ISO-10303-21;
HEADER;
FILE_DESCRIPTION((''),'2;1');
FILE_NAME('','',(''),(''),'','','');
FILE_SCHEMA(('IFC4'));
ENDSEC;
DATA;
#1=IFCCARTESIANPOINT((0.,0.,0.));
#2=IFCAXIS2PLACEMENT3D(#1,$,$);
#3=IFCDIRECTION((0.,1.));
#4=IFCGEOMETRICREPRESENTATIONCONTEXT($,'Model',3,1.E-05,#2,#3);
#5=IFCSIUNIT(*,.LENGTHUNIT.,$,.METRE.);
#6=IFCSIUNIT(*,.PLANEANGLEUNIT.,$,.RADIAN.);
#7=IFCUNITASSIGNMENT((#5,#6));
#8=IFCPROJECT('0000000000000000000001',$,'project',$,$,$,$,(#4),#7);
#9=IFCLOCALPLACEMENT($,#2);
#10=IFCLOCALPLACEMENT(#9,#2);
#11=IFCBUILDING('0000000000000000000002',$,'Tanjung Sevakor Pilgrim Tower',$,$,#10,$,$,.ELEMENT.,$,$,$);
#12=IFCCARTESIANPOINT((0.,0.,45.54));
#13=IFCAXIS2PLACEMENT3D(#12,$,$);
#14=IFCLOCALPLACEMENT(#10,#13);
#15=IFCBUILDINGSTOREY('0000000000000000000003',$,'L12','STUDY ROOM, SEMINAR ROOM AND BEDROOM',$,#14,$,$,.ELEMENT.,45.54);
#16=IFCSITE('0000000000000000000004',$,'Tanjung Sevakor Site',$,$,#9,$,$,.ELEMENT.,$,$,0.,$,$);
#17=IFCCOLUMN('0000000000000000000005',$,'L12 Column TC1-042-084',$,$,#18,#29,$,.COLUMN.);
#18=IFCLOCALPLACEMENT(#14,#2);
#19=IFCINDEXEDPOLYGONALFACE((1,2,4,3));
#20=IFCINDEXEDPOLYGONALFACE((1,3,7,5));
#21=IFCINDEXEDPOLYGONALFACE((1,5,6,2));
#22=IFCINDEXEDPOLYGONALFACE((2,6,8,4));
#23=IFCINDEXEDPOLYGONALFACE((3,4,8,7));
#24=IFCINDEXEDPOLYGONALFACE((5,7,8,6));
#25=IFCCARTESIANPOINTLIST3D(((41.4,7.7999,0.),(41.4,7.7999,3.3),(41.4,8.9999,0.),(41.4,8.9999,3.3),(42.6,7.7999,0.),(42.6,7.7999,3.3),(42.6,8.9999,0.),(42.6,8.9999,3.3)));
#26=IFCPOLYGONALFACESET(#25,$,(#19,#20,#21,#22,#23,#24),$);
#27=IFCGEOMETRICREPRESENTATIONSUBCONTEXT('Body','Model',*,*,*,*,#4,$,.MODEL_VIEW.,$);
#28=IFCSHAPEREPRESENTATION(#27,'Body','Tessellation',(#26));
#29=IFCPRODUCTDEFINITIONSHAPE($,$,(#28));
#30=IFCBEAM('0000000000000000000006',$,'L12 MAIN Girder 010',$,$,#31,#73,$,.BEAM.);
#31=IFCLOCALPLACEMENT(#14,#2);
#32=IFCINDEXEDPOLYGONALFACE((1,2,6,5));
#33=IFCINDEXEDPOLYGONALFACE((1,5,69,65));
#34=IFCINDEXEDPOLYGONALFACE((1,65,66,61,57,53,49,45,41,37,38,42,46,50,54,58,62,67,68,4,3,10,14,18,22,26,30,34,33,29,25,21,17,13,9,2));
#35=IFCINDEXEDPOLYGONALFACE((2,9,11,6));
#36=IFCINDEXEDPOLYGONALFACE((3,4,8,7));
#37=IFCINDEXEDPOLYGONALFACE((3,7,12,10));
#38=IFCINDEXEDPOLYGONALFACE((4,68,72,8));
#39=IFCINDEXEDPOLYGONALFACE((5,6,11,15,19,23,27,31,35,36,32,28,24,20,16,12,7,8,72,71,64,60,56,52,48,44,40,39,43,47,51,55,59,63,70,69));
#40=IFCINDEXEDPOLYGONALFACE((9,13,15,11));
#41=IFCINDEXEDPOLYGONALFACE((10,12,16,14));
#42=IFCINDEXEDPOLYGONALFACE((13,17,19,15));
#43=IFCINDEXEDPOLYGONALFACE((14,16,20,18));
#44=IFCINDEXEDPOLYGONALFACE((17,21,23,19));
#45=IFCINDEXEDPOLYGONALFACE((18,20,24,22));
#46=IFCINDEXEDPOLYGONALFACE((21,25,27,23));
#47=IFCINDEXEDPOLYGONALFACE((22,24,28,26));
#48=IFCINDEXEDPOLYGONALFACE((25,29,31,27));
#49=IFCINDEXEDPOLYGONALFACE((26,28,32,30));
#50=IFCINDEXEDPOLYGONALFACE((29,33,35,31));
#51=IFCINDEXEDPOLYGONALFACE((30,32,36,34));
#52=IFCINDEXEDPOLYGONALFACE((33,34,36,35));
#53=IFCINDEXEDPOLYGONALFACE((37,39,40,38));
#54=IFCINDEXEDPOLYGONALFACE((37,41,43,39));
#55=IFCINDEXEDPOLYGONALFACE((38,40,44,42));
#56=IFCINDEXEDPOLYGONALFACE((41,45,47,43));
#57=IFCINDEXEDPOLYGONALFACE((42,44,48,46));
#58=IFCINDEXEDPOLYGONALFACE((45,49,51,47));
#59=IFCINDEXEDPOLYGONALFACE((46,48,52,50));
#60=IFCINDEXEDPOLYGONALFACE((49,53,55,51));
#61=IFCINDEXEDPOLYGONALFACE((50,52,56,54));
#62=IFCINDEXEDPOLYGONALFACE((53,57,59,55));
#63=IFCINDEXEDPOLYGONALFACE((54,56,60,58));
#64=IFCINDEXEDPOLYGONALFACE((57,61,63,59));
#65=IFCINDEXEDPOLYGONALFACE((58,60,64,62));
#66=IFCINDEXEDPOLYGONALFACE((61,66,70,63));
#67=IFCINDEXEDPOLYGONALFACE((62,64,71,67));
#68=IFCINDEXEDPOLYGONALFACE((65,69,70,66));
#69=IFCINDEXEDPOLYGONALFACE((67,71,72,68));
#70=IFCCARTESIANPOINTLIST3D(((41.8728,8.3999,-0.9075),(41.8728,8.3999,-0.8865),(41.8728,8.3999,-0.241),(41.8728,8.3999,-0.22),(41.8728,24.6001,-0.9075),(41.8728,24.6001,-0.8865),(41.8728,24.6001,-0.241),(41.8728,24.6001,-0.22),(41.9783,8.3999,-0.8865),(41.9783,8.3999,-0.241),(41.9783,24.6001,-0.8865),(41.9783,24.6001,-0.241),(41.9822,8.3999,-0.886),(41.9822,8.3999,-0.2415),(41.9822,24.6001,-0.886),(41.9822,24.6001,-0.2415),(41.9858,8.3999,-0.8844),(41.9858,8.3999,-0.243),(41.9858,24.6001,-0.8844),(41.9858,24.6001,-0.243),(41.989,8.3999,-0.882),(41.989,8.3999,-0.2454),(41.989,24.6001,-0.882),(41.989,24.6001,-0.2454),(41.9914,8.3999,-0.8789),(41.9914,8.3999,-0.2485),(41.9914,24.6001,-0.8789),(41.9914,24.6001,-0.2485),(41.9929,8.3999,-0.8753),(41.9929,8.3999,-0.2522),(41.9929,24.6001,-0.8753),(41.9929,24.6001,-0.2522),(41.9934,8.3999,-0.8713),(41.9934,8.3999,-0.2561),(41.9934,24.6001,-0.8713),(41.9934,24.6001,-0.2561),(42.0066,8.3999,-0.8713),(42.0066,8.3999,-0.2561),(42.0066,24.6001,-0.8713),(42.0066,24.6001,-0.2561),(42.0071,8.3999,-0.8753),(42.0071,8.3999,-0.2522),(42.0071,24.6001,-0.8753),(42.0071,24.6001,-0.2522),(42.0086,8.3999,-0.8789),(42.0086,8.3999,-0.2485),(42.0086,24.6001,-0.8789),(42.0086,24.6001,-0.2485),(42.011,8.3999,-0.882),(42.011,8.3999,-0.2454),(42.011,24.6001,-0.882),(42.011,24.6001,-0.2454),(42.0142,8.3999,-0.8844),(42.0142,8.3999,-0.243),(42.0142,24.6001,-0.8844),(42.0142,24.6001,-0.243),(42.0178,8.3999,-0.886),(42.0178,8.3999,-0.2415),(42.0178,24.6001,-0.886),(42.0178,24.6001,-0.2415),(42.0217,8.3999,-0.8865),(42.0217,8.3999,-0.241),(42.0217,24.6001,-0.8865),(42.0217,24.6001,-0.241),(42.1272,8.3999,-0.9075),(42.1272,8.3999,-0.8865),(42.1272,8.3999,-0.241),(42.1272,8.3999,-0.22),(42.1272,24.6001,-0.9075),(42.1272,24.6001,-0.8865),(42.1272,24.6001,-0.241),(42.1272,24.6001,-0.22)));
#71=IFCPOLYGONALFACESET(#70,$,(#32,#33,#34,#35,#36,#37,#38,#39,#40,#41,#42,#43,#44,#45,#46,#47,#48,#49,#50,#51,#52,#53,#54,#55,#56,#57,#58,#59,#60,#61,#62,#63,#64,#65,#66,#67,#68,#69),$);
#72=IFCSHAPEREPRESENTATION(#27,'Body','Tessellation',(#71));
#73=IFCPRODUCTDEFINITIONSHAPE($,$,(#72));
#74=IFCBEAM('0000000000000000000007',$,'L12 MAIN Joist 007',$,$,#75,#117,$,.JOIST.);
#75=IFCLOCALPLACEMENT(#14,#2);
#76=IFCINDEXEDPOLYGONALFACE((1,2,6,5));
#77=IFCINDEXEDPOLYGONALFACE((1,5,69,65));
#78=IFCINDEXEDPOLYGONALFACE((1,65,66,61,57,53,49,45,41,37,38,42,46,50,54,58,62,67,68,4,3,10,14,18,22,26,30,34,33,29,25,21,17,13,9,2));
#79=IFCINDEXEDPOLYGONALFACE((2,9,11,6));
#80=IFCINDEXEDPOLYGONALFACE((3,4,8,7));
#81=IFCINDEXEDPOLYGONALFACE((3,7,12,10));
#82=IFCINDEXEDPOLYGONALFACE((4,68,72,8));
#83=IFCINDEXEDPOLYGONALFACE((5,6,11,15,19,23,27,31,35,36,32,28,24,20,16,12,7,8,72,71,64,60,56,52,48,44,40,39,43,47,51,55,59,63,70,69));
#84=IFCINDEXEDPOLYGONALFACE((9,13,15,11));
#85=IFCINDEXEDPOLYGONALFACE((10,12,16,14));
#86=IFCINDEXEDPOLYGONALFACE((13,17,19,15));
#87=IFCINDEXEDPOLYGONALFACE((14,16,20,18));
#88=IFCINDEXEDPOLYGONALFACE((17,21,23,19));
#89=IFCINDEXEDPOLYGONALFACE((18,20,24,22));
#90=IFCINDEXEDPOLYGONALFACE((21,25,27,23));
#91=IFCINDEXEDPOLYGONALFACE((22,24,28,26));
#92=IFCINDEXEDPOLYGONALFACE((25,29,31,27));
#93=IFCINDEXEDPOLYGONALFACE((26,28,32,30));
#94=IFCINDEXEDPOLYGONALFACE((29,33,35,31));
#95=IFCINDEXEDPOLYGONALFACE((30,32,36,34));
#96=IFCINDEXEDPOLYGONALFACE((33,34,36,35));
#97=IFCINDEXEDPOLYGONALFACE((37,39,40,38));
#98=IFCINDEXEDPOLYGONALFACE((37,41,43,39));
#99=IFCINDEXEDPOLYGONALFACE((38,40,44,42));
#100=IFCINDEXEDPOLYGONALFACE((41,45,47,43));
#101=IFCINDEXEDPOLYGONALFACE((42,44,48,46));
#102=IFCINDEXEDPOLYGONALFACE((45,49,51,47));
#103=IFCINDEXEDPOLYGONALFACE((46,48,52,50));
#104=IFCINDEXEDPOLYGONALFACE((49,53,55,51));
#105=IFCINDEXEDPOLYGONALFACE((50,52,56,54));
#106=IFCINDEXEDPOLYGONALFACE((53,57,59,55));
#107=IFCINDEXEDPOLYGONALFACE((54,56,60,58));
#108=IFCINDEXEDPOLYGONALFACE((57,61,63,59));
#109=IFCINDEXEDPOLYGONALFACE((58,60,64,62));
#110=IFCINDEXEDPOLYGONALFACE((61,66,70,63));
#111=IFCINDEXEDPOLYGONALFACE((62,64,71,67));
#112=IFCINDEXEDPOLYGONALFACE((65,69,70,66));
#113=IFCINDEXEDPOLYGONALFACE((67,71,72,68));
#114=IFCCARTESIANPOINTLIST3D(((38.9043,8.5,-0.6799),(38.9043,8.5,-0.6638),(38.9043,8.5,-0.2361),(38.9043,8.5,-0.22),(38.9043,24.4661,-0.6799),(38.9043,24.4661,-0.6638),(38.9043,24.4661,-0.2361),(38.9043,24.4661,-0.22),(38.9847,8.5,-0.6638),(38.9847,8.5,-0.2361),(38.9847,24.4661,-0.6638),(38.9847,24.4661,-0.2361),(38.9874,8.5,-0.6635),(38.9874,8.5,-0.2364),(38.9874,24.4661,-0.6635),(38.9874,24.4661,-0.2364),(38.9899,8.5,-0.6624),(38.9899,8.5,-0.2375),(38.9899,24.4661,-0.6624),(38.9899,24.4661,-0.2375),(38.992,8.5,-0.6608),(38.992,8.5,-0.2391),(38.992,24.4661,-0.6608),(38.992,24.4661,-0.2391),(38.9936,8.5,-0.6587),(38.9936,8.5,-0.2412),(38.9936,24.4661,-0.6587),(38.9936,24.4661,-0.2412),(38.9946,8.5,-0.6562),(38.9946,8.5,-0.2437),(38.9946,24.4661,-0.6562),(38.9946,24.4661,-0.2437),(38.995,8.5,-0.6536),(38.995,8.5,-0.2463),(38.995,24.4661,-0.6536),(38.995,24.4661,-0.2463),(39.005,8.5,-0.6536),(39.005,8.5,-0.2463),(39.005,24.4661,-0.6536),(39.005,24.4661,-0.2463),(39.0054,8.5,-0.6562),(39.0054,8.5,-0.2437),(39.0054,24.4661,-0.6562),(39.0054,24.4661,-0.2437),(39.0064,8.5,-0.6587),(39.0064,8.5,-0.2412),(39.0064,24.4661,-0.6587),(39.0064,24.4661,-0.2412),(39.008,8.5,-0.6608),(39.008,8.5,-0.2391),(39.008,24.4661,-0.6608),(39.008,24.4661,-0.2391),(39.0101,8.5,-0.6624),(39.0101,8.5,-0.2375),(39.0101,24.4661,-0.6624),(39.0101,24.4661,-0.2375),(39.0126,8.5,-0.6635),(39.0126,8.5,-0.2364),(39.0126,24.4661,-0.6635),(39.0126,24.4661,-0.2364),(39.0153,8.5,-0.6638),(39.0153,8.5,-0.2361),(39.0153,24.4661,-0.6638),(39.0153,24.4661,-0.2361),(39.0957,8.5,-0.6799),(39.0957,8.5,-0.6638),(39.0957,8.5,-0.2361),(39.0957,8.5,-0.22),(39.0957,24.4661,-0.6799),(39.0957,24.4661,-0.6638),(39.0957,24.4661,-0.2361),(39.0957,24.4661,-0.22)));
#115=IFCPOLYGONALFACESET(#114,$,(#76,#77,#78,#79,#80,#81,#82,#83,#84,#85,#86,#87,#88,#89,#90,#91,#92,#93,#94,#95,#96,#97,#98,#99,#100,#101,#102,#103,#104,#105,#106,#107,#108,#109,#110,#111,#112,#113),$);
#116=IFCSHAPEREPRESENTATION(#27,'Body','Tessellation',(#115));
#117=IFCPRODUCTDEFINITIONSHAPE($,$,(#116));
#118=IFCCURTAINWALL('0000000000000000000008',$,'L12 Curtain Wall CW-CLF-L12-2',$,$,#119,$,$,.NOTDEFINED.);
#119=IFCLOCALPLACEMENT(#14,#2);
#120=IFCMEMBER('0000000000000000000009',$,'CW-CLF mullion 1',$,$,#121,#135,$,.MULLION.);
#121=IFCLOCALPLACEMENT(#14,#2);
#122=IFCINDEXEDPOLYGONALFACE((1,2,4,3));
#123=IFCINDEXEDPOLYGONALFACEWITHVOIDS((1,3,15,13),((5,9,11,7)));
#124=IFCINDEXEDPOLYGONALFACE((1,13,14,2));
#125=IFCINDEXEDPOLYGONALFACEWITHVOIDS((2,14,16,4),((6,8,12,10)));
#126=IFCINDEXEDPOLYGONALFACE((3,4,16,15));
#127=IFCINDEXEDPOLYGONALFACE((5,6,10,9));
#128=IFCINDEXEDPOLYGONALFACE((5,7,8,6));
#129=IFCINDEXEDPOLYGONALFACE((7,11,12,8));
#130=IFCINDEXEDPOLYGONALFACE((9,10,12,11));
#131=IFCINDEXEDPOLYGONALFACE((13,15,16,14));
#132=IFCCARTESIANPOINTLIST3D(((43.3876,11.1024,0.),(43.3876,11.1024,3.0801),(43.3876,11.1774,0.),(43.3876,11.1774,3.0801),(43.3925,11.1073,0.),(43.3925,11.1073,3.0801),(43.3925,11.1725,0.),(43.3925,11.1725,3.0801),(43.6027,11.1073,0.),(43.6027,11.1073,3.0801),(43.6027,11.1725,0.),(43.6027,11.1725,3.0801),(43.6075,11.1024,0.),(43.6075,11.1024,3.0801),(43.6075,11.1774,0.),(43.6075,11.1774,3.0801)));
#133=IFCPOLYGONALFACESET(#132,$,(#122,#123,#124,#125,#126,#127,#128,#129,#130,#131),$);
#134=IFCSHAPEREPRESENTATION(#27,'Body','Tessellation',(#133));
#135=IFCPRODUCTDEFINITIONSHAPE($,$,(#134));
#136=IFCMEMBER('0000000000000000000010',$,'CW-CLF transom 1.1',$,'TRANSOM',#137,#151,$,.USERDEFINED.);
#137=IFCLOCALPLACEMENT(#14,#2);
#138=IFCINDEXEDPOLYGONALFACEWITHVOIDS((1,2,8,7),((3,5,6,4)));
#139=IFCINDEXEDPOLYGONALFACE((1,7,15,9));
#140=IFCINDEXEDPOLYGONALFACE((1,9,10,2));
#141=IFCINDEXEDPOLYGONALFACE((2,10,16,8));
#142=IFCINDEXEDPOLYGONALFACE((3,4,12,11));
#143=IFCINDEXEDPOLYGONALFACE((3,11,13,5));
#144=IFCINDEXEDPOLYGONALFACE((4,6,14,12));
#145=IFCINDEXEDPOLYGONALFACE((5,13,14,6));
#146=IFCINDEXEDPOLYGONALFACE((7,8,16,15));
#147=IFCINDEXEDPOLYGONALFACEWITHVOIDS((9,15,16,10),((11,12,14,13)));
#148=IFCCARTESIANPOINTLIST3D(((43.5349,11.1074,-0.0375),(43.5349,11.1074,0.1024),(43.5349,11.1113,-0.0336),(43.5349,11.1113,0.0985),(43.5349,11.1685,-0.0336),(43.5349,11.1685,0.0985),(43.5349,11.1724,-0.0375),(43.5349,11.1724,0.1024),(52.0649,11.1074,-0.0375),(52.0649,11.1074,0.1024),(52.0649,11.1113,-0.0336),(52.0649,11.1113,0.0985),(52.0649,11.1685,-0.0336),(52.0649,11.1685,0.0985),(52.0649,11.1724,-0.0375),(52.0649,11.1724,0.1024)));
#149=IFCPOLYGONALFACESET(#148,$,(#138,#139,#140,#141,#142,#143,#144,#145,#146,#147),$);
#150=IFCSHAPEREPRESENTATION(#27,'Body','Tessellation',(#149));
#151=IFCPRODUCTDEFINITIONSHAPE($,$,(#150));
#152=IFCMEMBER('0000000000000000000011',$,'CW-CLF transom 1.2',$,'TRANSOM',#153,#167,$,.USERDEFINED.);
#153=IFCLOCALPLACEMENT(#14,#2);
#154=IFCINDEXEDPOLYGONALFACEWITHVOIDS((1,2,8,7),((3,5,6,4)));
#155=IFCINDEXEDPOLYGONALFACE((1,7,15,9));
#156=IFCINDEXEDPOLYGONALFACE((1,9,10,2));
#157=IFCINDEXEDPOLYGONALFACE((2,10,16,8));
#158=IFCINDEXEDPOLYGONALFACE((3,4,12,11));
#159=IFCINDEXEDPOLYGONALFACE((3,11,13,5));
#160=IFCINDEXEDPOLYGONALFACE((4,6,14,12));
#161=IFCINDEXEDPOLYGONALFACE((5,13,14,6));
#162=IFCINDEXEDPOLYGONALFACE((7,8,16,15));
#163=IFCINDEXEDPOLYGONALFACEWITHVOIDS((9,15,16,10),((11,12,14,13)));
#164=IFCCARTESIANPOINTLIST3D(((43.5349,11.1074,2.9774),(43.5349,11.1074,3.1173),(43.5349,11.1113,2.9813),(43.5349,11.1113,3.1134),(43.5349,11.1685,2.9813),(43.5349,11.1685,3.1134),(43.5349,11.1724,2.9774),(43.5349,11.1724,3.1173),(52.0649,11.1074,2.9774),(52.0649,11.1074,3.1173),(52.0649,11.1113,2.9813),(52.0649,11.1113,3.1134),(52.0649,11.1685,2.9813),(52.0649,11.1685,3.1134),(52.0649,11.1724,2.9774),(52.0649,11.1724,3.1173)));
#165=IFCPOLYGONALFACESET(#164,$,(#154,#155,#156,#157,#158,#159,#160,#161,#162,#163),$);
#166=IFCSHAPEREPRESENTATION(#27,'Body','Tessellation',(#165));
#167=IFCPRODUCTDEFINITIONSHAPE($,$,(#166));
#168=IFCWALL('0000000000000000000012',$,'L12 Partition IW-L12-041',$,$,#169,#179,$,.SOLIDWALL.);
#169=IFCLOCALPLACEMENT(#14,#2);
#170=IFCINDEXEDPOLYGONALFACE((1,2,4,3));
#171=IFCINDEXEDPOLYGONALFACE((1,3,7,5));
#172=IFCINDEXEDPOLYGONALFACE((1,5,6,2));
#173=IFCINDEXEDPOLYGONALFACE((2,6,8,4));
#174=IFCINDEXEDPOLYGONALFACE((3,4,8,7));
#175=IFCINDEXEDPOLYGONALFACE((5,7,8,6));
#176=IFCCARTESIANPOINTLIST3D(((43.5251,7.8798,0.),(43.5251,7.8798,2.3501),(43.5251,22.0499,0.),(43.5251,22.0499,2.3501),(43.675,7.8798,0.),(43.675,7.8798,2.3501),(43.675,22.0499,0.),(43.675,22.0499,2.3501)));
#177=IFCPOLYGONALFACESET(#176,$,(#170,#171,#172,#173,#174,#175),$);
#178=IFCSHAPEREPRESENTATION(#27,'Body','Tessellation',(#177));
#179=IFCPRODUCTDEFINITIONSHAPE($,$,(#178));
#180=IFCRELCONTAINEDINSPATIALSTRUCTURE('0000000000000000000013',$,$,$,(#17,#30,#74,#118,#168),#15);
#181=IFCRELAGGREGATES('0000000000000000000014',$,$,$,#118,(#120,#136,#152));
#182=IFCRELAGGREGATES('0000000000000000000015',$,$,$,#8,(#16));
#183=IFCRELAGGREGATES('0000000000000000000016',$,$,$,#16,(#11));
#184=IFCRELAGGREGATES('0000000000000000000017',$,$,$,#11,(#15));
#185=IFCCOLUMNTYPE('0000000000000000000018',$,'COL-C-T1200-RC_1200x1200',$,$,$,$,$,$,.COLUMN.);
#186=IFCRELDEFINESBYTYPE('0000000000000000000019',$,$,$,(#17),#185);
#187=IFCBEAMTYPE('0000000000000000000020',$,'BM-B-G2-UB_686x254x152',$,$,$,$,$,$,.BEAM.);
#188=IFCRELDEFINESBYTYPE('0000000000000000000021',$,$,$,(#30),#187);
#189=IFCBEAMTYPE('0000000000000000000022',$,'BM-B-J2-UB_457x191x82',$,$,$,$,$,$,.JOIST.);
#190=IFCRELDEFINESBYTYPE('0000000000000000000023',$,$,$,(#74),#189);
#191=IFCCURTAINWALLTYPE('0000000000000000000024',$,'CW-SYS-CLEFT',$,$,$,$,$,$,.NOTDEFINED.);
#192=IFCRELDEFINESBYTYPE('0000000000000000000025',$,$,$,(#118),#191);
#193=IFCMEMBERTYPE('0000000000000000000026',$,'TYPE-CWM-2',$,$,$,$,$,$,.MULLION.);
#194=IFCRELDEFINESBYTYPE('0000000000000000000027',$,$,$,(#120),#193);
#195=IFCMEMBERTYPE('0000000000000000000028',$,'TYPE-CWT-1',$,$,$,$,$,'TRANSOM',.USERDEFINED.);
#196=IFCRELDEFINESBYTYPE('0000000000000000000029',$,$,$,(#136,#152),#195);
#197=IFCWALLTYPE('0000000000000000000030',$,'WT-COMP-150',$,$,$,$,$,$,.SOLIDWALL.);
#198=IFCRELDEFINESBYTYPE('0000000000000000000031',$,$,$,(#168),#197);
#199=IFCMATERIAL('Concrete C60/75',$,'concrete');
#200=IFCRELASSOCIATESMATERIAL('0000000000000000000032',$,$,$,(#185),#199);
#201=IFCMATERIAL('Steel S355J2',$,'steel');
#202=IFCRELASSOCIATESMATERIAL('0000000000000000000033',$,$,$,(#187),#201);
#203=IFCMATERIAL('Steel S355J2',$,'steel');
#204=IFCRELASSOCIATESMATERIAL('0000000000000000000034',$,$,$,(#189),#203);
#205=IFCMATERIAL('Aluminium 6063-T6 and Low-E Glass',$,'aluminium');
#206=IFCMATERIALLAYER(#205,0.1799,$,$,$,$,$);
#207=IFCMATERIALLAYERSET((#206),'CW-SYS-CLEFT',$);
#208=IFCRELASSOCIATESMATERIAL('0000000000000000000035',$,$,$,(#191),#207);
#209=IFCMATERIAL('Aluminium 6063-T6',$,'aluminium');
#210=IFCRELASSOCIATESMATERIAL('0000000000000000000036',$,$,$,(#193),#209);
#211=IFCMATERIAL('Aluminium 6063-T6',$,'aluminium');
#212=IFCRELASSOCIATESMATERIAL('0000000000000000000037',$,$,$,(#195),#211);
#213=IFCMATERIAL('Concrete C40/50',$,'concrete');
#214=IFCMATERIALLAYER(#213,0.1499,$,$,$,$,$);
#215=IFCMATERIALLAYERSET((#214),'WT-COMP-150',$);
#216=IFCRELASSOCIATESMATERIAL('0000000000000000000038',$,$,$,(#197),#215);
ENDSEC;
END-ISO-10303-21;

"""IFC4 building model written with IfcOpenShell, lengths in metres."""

from ifc_helpers import new_model, si_unit, direction, frame, frame_2d, origin, origin_2d, place, context, subcontext, project, spatial, rectangle, hollow_rectangle, i_section, extrude, material, layer, layer_set, material_profile, profile_set, type_object, element, aggregate, save


model = new_model("IFC4")

# Units and contexts
model_context = context("Model", 3, precision=1e-05, world=origin(), true_north=direction((0.0, 1.0)))
body_context = subcontext(model_context, "Body", "Model", "MODEL_VIEW")
ifc_project = project(units=[si_unit("LENGTHUNIT", "METRE"), si_unit("PLANEANGLEUNIT", "RADIAN")], contexts=[model_context])

# Site, building, storey
site_placement = place(None, origin())
site = spatial("IfcSite", under=ifc_project, at=site_placement, Name="Tanjung Sevakor Site", CompositionType="ELEMENT", RefElevation=0.0)
building_placement = place(site_placement, origin())
building = spatial("IfcBuilding", under=site, at=building_placement, Name="Tanjung Sevakor Pilgrim Tower", CompositionType="ELEMENT")
storey_placement = place(building_placement, frame((0.0, 0.0, 45.54)))
storey = spatial("IfcBuildingStorey", under=building, at=storey_placement, Name="L12", Description="STUDY ROOM, SEMINAR ROOM AND BEDROOM", CompositionType="ELEMENT", Elevation=45.54)

# Column
ifc_material_1 = material(Name="Concrete C60/75", Category="concrete")
ifc_material_profile_1 = material_profile(ifc_material_1, rectangle(XDim=1.2, YDim=1.2, at=origin_2d()))
ifc_profile_set_1 = profile_set([ifc_material_profile_1], Name="Concrete C60/75")
column_type = type_object("IfcColumnType", Name="COL-C-T1200-RC_1200x1200", PredefinedType="COLUMN", material=ifc_profile_set_1)
column_placement = place(storey_placement, frame((42.0, 8.3999, 0.0), z_axis=(0.0, 0.0, 1.0), x_axis=(1.0, 0.0, 0.0)))
element("IfcColumn", 1, at=column_placement, inside=storey, type_object=column_type, Name="L12 Column TC1-042-084", PredefinedType="COLUMN", context=body_context, shape_type="SweptSolid", body=[
    extrude(rectangle(XDim=1.2, YDim=1.2, at=origin_2d()), origin(), (0.0, 0.0, 1.0), 3.3),
])

# Beams
ifc_material_2 = material(Name="Steel S355J2", Category="steel")
ifc_material_profile_2 = material_profile(ifc_material_2, i_section(OverallWidth=0.2544, OverallDepth=0.6875, WebThickness=0.0132, FlangeThickness=0.021, FilletRadius=0.0151, at=origin_2d()))
ifc_profile_set_2 = profile_set([ifc_material_profile_2], Name="Steel S355J2")
beam_type_1 = type_object("IfcBeamType", Name="BM-B-G2-UB_686x254x152", PredefinedType="BEAM", material=ifc_profile_set_2)
beam_1_placement = place(storey_placement, frame((42.0, 8.3999, -0.5637), z_axis=(0.0, 1.0, 0.0), x_axis=(-1.0, 0.0, 0.0)))
element("IfcBeam", 2, at=beam_1_placement, inside=storey, type_object=beam_type_1, Name="L12 MAIN Girder 010", PredefinedType="BEAM", context=body_context, shape_type="SweptSolid", body=[
    extrude(i_section(OverallWidth=0.2544, OverallDepth=0.6875, WebThickness=0.0132, FlangeThickness=0.021, FilletRadius=0.0151, at=origin_2d()), origin(), (0.0, 0.0, 1.0), 16.2002),
])
ifc_material_3 = material(Name="Steel S355J2", Category="steel")
ifc_material_profile_3 = material_profile(ifc_material_3, i_section(OverallWidth=0.1914, OverallDepth=0.46, WebThickness=0.01, FlangeThickness=0.0161, FilletRadius=0.0103, at=origin_2d()))
ifc_profile_set_3 = profile_set([ifc_material_profile_3], Name="Steel S355J2")
beam_type_2 = type_object("IfcBeamType", Name="BM-B-J2-UB_457x191x82", PredefinedType="JOIST", material=ifc_profile_set_3)
beam_2_placement = place(storey_placement, frame((39.0, 8.5, -0.45), z_axis=(0.0, 1.0, 0.0), x_axis=(-1.0, 0.0, 0.0)))
element("IfcBeam", 3, at=beam_2_placement, inside=storey, type_object=beam_type_2, Name="L12 MAIN Joist 007", PredefinedType="JOIST", context=body_context, shape_type="SweptSolid", body=[
    extrude(i_section(OverallWidth=0.1914, OverallDepth=0.46, WebThickness=0.01, FlangeThickness=0.0161, FilletRadius=0.0103, at=origin_2d()), origin(), (0.0, 0.0, 1.0), 15.9661),
])

# Curtain wall, members
ifc_material_4 = material(Name="Aluminium 6063-T6 and Low-E Glass", Category="aluminium")
ifc_layer_1 = layer(ifc_material_4, 0.1799)
ifc_layer_set_1 = layer_set([ifc_layer_1], Name="CW-SYS-CLEFT")
curtain_wall_type = type_object("IfcCurtainWallType", Name="CW-SYS-CLEFT", PredefinedType="NOTDEFINED", material=ifc_layer_set_1)
curtain_wall_placement = place(storey_placement, origin())
curtain_wall = element("IfcCurtainWall", 4, at=curtain_wall_placement, inside=storey, type_object=curtain_wall_type, Name="L12 Curtain Wall CW-CLF-L12-2", PredefinedType="NOTDEFINED")
ifc_material_5 = material(Name="Aluminium 6063-T6", Category="aluminium")
ifc_material_profile_4 = material_profile(ifc_material_5, hollow_rectangle(XDim=0.075, YDim=0.22, WallThickness=0.0049, at=origin_2d()))
ifc_profile_set_4 = profile_set([ifc_material_profile_4], Name="Aluminium 6063-T6")
member_type_1 = type_object("IfcMemberType", Name="TYPE-CWM-2", PredefinedType="MULLION", material=ifc_profile_set_4)
member_1_placement = place(storey_placement, frame((43.4976, 11.1399, 0.0), z_axis=(0.0, 0.0, 1.0), x_axis=(0.0, 1.0, 0.0)))
member_1 = element("IfcMember", 5, at=member_1_placement, type_object=member_type_1, Name="CW-CLF mullion 1", PredefinedType="MULLION", context=body_context, shape_type="SweptSolid", body=[
    extrude(hollow_rectangle(XDim=0.075, YDim=0.22, WallThickness=0.0049, at=origin_2d()), origin(), (0.0, 0.0, 1.0), 3.0801),
])
ifc_material_6 = material(Name="Aluminium 6063-T6", Category="aluminium")
ifc_material_profile_5 = material_profile(ifc_material_6, hollow_rectangle(XDim=0.0649, YDim=0.1399, WallThickness=0.0039, at=origin_2d()))
ifc_profile_set_5 = profile_set([ifc_material_profile_5], Name="Aluminium 6063-T6")
member_type_2 = type_object("IfcMemberType", Name="TYPE-CWT-1", ElementType="TRANSOM", PredefinedType="USERDEFINED", material=ifc_profile_set_5)
member_2_placement = place(storey_placement, frame((43.5349, 11.1399, 0.0325), z_axis=(1.0, 0.0, 0.0), x_axis=(0.0, 1.0, 0.0)))
member_2 = element("IfcMember", 6, at=member_2_placement, type_object=member_type_2, Name="CW-CLF transom 1.1", ObjectType="TRANSOM", PredefinedType="USERDEFINED", context=body_context, shape_type="SweptSolid", body=[
    extrude(hollow_rectangle(XDim=0.0649, YDim=0.1399, WallThickness=0.0039, at=origin_2d()), origin(), (0.0, 0.0, 1.0), 8.53),
])
member_3_placement = place(storey_placement, frame((43.5349, 11.1399, 3.0474), z_axis=(1.0, 0.0, 0.0), x_axis=(0.0, 1.0, 0.0)))
member_3 = element("IfcMember", 7, at=member_3_placement, type_object=member_type_2, Name="CW-CLF transom 1.2", ObjectType="TRANSOM", PredefinedType="USERDEFINED", context=body_context, shape_type="SweptSolid", body=[
    extrude(hollow_rectangle(XDim=0.0649, YDim=0.1399, WallThickness=0.0039, at=origin_2d()), origin(), (0.0, 0.0, 1.0), 8.53),
])
aggregate(curtain_wall, [member_1, member_2, member_3])

# Wall
ifc_material_7 = material(Name="Concrete C40/50", Category="concrete")
ifc_layer_2 = layer(ifc_material_7, 0.1499)
ifc_layer_set_2 = layer_set([ifc_layer_2], Name="WT-COMP-150")
wall_type_1 = type_object("IfcWallType", Name="WT-COMP-150", PredefinedType="SOLIDWALL", material=ifc_layer_set_2)
for number, where, z_axis, x_axis, name in (
    (8, (43.6001, 7.8799, 0.0), (0.0, 0.0, 1.0), (0.0, 1.0, 0.0), "L12 Partition IW-L12-041"),
):
    element("IfcWall", number, at=place(storey_placement, frame(where, z_axis=z_axis, x_axis=x_axis)), inside=storey, type_object=wall_type_1, Name=name, PredefinedType="SOLIDWALL", context=body_context, shape_type="SweptSolid", body=[
        extrude(rectangle(XDim=14.1702, YDim=0.1499, at=frame_2d((7.085, 0.0))), origin(), (0.0, 0.0, 1.0), 2.3501),
    ])

save(model, "model.ifc")
